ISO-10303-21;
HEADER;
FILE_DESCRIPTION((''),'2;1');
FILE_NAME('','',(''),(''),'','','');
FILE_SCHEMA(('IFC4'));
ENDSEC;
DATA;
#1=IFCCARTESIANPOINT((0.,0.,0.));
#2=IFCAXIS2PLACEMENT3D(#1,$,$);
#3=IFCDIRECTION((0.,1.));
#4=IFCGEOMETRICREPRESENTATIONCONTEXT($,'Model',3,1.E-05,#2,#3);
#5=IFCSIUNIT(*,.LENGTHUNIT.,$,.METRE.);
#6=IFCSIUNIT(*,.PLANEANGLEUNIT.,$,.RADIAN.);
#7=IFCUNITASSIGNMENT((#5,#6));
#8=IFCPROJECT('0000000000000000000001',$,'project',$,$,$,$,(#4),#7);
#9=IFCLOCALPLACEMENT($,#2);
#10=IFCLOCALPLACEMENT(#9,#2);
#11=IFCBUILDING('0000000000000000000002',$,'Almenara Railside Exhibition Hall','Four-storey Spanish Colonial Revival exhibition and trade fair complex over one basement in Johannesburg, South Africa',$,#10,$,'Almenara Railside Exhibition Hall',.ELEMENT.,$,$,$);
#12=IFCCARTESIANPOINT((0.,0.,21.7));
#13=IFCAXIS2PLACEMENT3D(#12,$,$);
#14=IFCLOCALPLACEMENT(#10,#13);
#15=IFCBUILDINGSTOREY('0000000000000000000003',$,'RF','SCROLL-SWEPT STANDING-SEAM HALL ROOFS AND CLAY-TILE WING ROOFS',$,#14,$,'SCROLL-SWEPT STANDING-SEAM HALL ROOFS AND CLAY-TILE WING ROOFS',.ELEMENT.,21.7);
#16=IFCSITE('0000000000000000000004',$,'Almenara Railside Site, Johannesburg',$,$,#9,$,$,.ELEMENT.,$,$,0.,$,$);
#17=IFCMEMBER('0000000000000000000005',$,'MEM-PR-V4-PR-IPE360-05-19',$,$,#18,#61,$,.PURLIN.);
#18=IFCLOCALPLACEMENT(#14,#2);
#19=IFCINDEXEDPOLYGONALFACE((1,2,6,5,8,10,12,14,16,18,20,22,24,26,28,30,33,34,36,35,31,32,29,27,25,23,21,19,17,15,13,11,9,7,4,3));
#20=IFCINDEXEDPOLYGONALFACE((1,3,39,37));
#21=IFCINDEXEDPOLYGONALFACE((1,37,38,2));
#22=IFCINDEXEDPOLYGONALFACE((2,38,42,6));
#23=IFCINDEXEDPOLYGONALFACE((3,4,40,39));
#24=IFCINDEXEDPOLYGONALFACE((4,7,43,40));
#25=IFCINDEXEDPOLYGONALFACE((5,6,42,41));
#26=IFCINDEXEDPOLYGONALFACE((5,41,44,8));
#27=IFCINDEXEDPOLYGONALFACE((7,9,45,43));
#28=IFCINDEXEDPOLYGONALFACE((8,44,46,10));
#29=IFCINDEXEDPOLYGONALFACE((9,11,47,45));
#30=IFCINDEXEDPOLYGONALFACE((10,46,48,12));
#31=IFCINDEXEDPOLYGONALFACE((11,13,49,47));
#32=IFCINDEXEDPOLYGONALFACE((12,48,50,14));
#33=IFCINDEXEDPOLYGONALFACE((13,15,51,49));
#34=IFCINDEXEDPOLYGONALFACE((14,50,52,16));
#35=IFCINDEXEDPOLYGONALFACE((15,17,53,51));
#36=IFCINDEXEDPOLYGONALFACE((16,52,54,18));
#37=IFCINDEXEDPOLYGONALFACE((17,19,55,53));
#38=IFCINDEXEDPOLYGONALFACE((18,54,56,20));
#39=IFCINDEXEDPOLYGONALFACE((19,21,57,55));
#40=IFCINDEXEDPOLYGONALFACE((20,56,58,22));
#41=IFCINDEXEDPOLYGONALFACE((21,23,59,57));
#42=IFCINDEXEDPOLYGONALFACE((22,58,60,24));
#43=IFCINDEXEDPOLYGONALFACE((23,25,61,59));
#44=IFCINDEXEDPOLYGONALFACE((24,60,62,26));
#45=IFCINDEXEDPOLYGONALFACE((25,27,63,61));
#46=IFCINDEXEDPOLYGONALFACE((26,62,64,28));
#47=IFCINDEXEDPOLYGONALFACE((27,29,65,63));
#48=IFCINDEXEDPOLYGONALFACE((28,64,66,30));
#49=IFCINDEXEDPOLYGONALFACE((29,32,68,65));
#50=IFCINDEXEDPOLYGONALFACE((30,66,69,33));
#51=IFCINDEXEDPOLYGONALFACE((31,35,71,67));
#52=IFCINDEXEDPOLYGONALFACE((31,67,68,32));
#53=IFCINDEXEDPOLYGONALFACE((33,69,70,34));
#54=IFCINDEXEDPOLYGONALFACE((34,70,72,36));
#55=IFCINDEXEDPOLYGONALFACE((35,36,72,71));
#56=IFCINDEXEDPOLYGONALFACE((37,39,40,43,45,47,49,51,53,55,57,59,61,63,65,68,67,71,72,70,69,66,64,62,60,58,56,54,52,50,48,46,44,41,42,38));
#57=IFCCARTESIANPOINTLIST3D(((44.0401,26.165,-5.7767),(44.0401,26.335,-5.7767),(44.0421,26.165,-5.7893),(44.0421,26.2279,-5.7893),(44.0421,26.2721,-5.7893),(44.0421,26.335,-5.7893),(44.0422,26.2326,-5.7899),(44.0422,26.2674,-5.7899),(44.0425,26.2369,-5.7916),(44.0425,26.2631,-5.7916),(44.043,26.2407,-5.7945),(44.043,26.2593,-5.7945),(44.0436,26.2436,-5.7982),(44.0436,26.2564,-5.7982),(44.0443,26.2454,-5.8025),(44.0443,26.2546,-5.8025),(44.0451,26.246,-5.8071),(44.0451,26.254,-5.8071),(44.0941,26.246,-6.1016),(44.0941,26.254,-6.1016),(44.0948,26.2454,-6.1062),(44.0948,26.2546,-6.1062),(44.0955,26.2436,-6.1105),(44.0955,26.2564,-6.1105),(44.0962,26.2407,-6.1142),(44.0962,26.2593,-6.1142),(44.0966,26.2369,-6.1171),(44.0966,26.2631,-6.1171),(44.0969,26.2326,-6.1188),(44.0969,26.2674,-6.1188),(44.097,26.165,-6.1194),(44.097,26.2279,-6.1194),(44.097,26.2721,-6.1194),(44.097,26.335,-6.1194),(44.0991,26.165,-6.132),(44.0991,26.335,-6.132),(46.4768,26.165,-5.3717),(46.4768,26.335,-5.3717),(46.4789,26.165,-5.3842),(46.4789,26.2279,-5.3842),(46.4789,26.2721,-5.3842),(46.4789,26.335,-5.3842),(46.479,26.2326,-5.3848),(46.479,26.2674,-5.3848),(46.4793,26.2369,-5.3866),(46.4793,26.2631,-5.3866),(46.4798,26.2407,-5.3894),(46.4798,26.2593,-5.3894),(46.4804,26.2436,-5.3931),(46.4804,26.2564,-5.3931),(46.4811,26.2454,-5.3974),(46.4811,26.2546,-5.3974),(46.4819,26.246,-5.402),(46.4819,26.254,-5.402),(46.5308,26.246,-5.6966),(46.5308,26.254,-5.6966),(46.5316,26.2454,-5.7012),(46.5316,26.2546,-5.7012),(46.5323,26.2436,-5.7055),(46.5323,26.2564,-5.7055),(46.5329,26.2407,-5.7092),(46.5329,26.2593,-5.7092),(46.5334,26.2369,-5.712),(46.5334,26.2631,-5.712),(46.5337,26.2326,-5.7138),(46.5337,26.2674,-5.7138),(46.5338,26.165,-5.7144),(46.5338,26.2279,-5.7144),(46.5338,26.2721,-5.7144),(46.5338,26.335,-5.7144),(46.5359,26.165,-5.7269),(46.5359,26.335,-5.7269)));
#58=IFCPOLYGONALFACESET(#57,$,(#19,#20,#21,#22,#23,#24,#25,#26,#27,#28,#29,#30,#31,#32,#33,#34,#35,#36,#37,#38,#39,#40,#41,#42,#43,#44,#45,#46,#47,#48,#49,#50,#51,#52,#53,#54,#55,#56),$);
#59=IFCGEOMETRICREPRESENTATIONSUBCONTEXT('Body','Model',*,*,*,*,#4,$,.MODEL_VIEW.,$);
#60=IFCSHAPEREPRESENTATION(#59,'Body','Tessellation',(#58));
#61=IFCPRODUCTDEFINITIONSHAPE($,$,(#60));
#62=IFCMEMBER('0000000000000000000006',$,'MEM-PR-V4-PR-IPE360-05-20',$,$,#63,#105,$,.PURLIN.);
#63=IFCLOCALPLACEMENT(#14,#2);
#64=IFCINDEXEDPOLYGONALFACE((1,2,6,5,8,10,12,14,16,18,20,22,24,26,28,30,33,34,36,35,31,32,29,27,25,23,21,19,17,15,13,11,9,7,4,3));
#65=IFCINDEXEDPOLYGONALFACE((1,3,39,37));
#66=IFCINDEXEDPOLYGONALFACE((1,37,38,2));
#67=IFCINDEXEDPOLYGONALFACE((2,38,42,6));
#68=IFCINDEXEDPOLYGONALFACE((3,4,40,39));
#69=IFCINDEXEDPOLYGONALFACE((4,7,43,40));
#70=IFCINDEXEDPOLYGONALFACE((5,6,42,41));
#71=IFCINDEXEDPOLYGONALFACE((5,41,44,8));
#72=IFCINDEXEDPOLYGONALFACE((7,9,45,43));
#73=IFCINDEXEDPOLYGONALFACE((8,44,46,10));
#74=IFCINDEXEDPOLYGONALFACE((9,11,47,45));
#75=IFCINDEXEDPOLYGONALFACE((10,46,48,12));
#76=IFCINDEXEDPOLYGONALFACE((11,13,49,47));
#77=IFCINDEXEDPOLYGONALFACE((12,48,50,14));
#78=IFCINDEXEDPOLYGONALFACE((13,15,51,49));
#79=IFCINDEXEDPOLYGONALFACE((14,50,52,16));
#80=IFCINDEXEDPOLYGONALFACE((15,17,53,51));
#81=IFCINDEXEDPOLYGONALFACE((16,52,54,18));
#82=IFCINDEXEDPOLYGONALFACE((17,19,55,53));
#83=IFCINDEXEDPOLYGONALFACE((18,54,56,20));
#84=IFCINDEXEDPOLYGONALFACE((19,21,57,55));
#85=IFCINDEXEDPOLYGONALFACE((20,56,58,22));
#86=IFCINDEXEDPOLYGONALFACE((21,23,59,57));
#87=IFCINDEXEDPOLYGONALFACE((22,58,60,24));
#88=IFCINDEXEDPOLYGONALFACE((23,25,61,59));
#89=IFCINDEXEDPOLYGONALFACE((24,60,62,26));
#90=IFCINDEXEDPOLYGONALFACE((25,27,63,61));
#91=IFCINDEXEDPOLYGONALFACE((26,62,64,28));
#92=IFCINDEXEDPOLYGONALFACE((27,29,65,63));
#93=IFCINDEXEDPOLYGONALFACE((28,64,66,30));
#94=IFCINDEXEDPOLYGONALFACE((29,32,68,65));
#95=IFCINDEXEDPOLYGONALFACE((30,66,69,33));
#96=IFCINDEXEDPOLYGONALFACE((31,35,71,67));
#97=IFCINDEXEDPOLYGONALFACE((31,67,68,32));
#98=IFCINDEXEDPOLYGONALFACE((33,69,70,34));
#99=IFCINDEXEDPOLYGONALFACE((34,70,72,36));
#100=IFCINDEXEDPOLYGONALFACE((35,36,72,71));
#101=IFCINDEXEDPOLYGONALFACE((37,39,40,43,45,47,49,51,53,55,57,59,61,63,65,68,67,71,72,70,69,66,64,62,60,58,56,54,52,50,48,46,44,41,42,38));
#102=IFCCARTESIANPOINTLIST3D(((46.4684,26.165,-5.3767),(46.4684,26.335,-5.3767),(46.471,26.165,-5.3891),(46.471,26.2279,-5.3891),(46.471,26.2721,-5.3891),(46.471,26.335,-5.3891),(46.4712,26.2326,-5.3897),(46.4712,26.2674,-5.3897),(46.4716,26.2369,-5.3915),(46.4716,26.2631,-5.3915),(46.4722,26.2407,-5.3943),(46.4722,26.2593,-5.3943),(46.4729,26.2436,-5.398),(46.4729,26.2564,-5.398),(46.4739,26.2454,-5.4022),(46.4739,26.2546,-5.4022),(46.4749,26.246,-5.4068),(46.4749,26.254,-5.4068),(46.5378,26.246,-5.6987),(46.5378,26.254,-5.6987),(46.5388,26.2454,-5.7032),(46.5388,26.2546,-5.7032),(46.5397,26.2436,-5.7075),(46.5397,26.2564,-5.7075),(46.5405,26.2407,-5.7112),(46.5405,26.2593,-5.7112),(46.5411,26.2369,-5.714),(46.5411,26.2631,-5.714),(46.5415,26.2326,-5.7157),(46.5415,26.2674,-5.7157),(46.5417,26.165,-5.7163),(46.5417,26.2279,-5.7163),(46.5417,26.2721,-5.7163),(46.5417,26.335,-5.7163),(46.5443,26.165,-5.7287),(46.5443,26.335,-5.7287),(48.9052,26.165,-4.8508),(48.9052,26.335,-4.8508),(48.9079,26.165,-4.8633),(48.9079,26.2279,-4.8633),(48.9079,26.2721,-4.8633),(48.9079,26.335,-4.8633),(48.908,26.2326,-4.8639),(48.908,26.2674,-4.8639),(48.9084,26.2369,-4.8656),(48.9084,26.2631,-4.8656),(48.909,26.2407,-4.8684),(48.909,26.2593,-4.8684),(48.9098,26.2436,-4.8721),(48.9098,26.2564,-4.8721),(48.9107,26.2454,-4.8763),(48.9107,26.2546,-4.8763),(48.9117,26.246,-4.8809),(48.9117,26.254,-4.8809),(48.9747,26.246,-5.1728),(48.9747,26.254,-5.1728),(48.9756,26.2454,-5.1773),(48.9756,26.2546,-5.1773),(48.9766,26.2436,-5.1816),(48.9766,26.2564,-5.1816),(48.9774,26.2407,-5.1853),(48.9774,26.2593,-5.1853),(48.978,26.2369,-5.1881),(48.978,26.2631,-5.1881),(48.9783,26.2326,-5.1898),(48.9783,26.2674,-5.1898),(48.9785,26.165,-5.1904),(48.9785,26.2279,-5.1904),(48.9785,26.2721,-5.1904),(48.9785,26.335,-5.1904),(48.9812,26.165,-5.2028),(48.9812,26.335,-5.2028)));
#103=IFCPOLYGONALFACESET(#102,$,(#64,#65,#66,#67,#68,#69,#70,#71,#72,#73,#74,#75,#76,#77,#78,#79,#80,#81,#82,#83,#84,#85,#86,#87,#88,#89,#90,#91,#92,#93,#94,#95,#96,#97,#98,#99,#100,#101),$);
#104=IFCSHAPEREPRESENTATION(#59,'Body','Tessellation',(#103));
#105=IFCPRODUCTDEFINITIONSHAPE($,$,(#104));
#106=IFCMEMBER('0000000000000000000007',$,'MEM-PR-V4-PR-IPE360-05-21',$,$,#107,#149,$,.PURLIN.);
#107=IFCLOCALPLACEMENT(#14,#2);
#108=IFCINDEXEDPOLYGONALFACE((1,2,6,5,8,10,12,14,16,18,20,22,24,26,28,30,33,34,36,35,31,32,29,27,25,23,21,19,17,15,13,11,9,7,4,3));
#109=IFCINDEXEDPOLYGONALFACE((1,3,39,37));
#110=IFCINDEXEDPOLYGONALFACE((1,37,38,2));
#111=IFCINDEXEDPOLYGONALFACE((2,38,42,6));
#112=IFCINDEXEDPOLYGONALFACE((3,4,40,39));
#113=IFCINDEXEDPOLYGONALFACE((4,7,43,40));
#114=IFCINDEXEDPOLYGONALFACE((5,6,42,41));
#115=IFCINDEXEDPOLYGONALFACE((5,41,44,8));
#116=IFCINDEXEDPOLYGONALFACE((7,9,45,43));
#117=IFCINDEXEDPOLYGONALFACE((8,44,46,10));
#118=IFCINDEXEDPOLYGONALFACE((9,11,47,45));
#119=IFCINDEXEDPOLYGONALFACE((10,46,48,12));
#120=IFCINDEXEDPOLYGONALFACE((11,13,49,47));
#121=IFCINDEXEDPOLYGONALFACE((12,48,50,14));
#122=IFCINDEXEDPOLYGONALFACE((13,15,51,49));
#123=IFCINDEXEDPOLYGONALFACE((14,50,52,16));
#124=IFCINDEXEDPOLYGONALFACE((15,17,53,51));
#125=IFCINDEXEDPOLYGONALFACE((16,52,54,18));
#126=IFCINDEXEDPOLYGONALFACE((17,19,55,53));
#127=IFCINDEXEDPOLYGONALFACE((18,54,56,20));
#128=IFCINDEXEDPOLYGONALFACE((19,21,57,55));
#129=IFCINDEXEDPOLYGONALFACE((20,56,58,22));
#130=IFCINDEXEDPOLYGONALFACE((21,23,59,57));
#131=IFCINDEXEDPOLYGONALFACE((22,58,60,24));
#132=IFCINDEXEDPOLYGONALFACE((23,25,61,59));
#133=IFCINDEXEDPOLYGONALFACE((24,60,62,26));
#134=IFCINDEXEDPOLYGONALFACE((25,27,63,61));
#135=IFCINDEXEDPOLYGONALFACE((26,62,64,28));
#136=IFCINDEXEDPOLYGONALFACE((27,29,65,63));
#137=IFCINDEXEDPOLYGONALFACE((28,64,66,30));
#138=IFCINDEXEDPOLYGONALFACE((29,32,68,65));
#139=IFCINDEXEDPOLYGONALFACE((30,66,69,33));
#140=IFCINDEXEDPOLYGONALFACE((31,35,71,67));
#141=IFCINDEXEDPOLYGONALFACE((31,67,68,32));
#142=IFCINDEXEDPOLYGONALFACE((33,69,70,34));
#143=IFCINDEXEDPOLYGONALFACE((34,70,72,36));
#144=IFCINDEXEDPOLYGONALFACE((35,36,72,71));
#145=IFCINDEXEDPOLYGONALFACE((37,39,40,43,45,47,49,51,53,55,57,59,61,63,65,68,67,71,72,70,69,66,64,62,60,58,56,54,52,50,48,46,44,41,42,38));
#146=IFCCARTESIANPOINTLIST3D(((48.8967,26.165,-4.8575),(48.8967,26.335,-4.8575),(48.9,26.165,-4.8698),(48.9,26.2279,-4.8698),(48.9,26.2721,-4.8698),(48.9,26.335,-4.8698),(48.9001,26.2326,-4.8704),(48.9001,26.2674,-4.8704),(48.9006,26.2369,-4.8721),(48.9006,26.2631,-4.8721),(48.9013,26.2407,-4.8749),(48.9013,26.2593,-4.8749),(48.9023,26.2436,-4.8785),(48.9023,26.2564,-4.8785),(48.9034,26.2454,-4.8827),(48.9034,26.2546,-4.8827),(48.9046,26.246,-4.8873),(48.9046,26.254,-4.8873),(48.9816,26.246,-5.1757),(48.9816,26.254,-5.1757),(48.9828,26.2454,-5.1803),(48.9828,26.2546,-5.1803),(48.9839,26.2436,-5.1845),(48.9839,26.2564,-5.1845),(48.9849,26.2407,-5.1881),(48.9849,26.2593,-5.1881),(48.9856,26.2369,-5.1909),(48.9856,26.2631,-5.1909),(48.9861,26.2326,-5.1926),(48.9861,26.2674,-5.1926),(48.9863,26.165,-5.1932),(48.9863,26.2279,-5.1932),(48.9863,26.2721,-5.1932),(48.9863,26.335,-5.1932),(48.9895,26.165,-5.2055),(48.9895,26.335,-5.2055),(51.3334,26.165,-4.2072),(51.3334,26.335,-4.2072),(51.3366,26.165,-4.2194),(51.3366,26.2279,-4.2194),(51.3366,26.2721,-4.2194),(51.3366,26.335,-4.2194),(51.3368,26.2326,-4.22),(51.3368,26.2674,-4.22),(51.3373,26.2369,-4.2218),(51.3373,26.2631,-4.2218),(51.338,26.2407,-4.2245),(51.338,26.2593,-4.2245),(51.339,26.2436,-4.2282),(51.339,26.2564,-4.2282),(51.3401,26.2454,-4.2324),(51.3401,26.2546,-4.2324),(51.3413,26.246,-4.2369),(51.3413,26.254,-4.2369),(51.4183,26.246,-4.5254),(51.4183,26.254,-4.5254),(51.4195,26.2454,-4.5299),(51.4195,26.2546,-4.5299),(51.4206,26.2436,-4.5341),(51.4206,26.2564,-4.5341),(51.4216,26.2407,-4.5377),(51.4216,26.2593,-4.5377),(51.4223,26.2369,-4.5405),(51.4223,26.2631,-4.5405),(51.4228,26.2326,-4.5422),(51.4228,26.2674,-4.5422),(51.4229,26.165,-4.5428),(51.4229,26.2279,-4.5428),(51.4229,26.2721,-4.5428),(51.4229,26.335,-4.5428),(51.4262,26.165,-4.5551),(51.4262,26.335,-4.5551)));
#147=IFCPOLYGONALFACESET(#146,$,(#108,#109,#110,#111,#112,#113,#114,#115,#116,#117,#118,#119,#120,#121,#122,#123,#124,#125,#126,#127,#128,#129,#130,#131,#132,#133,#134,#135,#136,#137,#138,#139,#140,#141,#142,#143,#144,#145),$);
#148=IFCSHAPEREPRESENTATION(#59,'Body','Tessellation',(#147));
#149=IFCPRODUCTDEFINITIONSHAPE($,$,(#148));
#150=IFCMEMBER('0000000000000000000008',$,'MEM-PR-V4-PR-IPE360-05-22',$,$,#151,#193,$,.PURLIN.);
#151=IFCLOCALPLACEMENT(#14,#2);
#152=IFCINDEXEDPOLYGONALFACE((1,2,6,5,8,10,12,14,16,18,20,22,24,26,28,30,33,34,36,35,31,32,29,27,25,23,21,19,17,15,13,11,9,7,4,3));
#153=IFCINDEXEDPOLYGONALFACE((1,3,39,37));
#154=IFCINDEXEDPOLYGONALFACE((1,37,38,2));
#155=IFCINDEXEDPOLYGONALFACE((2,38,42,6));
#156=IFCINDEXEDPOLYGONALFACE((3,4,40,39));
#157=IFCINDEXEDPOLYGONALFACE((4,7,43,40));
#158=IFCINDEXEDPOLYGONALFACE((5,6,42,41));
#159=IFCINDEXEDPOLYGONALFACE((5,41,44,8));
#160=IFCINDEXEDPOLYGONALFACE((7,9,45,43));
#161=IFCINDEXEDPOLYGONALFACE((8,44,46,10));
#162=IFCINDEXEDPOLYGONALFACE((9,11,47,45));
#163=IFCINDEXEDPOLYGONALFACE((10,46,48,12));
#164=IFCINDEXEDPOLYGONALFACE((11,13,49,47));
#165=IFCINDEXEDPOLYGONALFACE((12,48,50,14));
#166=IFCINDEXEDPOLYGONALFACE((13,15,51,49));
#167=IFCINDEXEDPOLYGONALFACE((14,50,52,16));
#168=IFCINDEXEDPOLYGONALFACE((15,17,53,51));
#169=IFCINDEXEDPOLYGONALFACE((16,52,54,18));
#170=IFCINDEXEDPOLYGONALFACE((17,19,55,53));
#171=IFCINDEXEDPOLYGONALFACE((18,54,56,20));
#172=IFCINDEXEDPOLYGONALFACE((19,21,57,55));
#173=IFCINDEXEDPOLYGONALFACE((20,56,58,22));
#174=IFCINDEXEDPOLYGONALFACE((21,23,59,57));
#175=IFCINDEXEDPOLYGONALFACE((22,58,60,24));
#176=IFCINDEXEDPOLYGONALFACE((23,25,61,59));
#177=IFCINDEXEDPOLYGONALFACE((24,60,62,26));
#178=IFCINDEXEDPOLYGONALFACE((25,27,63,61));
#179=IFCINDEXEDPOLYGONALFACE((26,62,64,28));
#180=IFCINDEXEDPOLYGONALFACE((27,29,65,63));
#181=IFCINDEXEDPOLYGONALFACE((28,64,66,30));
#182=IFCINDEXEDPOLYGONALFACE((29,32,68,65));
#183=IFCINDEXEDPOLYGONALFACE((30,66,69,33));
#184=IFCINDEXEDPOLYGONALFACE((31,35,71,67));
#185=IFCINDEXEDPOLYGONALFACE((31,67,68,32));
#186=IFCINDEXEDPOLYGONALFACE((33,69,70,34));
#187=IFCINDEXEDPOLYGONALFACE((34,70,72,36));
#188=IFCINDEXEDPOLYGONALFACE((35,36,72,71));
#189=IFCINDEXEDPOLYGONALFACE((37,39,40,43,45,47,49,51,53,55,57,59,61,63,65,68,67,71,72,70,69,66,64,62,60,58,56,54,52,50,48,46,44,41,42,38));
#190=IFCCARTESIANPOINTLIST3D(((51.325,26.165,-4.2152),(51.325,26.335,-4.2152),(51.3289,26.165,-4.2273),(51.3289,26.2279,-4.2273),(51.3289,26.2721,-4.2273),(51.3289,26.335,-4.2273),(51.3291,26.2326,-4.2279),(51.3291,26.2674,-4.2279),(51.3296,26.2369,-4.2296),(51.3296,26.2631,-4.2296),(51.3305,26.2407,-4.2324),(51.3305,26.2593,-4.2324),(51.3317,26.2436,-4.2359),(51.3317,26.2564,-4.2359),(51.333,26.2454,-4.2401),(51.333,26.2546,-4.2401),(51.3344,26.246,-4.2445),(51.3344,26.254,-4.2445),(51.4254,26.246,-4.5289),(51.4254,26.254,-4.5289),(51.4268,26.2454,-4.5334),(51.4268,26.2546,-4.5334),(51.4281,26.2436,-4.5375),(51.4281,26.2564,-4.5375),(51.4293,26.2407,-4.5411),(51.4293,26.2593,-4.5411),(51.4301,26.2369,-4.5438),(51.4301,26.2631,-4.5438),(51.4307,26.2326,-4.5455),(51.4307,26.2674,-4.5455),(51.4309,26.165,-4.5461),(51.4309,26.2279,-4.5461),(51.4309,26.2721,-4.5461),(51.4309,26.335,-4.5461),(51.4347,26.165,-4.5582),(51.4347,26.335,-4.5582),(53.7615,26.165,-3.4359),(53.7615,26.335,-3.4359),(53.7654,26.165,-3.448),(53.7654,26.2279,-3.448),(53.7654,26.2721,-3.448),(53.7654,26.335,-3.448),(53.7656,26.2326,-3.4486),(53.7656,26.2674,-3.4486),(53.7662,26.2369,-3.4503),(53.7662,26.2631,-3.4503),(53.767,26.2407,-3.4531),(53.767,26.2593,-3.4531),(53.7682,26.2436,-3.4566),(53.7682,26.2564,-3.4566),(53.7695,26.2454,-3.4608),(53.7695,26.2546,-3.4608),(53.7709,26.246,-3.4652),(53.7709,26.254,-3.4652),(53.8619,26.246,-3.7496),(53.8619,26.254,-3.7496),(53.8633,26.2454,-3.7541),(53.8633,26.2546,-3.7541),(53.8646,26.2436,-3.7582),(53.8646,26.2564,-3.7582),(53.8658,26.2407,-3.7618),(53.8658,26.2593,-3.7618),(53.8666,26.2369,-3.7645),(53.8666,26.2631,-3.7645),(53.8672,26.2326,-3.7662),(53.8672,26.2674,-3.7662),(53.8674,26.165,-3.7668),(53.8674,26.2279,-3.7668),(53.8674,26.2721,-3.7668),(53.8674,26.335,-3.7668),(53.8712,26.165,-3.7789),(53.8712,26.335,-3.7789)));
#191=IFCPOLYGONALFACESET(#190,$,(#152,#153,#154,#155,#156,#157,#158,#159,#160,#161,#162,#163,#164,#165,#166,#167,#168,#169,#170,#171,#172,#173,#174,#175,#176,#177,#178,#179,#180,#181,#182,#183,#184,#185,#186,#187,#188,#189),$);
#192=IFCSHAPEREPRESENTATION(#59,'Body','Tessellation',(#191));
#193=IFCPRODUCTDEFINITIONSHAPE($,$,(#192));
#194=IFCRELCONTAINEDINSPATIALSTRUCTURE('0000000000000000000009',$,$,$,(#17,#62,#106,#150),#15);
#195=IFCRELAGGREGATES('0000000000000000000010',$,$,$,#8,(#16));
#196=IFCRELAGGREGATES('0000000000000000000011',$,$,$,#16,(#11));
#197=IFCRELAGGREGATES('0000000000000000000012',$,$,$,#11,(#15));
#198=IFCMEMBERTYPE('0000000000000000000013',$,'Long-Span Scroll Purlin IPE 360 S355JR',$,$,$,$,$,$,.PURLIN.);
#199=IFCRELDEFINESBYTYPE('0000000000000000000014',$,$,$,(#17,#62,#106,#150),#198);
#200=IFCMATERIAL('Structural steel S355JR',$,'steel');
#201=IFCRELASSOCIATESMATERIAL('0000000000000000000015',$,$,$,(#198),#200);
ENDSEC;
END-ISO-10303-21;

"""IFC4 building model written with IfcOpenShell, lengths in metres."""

from ifc_helpers import new_model, si_unit, direction, frame, origin, origin_2d, place, context, subcontext, project, spatial, i_section, extrude, material, material_profile, profile_set, type_object, element, save


model = new_model("IFC4")

# Units and contexts
model_context = context("Model", 3, precision=1e-05, world=origin(), true_north=direction((0.0, 1.0)))
body_context = subcontext(model_context, "Body", "Model", "MODEL_VIEW")
ifc_project = project(units=[si_unit("LENGTHUNIT", "METRE"), si_unit("PLANEANGLEUNIT", "RADIAN")], contexts=[model_context])

# Site, building, storey
site_placement = place(None, origin())
site = spatial("IfcSite", under=ifc_project, at=site_placement, Name="Almenara Railside Site, Johannesburg", CompositionType="ELEMENT", RefElevation=0.0)
building_placement = place(site_placement, origin())
building = spatial("IfcBuilding", under=site, at=building_placement, Name="Almenara Railside Exhibition Hall", Description="Four-storey Spanish Colonial Revival exhibition and trade fair complex over one basement in Johannesburg, South Africa", LongName="Almenara Railside Exhibition Hall", CompositionType="ELEMENT")
storey_placement = place(building_placement, frame((0.0, 0.0, 21.7)))
storey = spatial("IfcBuildingStorey", under=building, at=storey_placement, Name="RF", Description="SCROLL-SWEPT STANDING-SEAM HALL ROOFS AND CLAY-TILE WING ROOFS", LongName="SCROLL-SWEPT STANDING-SEAM HALL ROOFS AND CLAY-TILE WING ROOFS", CompositionType="ELEMENT", Elevation=21.7)

# Members
ifc_material_1 = material(Name="Structural steel S355JR", Category="steel")
ifc_material_profile_1 = material_profile(ifc_material_1, i_section(OverallWidth=0.1699, OverallDepth=0.3601, WebThickness=0.0081, FlangeThickness=0.0127, FilletRadius=0.0181, at=origin_2d()), Name="IPE 360")
ifc_profile_set_1 = profile_set([ifc_material_profile_1], Name="Structural steel S355JR")
member_type_1 = type_object("IfcMemberType", Name="Long-Span Scroll Purlin IPE 360 S355JR", PredefinedType="PURLIN", material=ifc_profile_set_1)
member_1_placement = place(storey_placement, frame((44.0696, 26.25, -5.9543), z_axis=(0.986466, 0.0, 0.163966), x_axis=(0.0, 1.0, 0.0)))
element("IfcMember", 1, at=member_1_placement, inside=storey, type_object=member_type_1, Name="MEM-PR-V4-PR-IPE360-05-19", PredefinedType="PURLIN", context=body_context, shape_type="SweptSolid", body=[
    extrude(i_section(OverallWidth=0.1699, OverallDepth=0.3601, WebThickness=0.0081, FlangeThickness=0.0127, FilletRadius=0.0181, at=origin_2d()), origin(), (0.0, 0.0, 1.0), 2.4702),
])
member_2_placement = place(storey_placement, frame((46.5063, 26.25, -5.5527), z_axis=(0.977496, 0.0, 0.210953), x_axis=(0.0, 1.0, 0.0)))
element("IfcMember", 2, at=member_2_placement, inside=storey, type_object=member_type_1, Name="MEM-PR-V4-PR-IPE360-05-20", PredefinedType="PURLIN", context=body_context, shape_type="SweptSolid", body=[
    extrude(i_section(OverallWidth=0.1699, OverallDepth=0.3601, WebThickness=0.0081, FlangeThickness=0.0127, FilletRadius=0.0181, at=origin_2d()), origin(), (0.0, 0.0, 1.0), 2.4929),
])
member_3_placement = place(storey_placement, frame((48.9431, 26.25, -5.0315), z_axis=(0.966177, 0.0, 0.25788), x_axis=(0.0, 1.0, 0.0)))
element("IfcMember", 3, at=member_3_placement, inside=storey, type_object=member_type_1, Name="MEM-PR-V4-PR-IPE360-05-21", PredefinedType="PURLIN", context=body_context, shape_type="SweptSolid", body=[
    extrude(i_section(OverallWidth=0.1699, OverallDepth=0.3601, WebThickness=0.0081, FlangeThickness=0.0127, FilletRadius=0.0181, at=origin_2d()), origin(), (0.0, 0.0, 1.0), 2.522),
])
member_4_placement = place(storey_placement, frame((51.3799, 26.25, -4.3867), z_axis=(0.952468, 0.0, 0.304637), x_axis=(0.0, 1.0, 0.0)))
element("IfcMember", 4, at=member_4_placement, inside=storey, type_object=member_type_1, Name="MEM-PR-V4-PR-IPE360-05-22", PredefinedType="PURLIN", context=body_context, shape_type="SweptSolid", body=[
    extrude(i_section(OverallWidth=0.1699, OverallDepth=0.3601, WebThickness=0.0081, FlangeThickness=0.0127, FilletRadius=0.0181, at=origin_2d()), origin(), (0.0, 0.0, 1.0), 2.5581),
])

save(model, "model.ifc")
